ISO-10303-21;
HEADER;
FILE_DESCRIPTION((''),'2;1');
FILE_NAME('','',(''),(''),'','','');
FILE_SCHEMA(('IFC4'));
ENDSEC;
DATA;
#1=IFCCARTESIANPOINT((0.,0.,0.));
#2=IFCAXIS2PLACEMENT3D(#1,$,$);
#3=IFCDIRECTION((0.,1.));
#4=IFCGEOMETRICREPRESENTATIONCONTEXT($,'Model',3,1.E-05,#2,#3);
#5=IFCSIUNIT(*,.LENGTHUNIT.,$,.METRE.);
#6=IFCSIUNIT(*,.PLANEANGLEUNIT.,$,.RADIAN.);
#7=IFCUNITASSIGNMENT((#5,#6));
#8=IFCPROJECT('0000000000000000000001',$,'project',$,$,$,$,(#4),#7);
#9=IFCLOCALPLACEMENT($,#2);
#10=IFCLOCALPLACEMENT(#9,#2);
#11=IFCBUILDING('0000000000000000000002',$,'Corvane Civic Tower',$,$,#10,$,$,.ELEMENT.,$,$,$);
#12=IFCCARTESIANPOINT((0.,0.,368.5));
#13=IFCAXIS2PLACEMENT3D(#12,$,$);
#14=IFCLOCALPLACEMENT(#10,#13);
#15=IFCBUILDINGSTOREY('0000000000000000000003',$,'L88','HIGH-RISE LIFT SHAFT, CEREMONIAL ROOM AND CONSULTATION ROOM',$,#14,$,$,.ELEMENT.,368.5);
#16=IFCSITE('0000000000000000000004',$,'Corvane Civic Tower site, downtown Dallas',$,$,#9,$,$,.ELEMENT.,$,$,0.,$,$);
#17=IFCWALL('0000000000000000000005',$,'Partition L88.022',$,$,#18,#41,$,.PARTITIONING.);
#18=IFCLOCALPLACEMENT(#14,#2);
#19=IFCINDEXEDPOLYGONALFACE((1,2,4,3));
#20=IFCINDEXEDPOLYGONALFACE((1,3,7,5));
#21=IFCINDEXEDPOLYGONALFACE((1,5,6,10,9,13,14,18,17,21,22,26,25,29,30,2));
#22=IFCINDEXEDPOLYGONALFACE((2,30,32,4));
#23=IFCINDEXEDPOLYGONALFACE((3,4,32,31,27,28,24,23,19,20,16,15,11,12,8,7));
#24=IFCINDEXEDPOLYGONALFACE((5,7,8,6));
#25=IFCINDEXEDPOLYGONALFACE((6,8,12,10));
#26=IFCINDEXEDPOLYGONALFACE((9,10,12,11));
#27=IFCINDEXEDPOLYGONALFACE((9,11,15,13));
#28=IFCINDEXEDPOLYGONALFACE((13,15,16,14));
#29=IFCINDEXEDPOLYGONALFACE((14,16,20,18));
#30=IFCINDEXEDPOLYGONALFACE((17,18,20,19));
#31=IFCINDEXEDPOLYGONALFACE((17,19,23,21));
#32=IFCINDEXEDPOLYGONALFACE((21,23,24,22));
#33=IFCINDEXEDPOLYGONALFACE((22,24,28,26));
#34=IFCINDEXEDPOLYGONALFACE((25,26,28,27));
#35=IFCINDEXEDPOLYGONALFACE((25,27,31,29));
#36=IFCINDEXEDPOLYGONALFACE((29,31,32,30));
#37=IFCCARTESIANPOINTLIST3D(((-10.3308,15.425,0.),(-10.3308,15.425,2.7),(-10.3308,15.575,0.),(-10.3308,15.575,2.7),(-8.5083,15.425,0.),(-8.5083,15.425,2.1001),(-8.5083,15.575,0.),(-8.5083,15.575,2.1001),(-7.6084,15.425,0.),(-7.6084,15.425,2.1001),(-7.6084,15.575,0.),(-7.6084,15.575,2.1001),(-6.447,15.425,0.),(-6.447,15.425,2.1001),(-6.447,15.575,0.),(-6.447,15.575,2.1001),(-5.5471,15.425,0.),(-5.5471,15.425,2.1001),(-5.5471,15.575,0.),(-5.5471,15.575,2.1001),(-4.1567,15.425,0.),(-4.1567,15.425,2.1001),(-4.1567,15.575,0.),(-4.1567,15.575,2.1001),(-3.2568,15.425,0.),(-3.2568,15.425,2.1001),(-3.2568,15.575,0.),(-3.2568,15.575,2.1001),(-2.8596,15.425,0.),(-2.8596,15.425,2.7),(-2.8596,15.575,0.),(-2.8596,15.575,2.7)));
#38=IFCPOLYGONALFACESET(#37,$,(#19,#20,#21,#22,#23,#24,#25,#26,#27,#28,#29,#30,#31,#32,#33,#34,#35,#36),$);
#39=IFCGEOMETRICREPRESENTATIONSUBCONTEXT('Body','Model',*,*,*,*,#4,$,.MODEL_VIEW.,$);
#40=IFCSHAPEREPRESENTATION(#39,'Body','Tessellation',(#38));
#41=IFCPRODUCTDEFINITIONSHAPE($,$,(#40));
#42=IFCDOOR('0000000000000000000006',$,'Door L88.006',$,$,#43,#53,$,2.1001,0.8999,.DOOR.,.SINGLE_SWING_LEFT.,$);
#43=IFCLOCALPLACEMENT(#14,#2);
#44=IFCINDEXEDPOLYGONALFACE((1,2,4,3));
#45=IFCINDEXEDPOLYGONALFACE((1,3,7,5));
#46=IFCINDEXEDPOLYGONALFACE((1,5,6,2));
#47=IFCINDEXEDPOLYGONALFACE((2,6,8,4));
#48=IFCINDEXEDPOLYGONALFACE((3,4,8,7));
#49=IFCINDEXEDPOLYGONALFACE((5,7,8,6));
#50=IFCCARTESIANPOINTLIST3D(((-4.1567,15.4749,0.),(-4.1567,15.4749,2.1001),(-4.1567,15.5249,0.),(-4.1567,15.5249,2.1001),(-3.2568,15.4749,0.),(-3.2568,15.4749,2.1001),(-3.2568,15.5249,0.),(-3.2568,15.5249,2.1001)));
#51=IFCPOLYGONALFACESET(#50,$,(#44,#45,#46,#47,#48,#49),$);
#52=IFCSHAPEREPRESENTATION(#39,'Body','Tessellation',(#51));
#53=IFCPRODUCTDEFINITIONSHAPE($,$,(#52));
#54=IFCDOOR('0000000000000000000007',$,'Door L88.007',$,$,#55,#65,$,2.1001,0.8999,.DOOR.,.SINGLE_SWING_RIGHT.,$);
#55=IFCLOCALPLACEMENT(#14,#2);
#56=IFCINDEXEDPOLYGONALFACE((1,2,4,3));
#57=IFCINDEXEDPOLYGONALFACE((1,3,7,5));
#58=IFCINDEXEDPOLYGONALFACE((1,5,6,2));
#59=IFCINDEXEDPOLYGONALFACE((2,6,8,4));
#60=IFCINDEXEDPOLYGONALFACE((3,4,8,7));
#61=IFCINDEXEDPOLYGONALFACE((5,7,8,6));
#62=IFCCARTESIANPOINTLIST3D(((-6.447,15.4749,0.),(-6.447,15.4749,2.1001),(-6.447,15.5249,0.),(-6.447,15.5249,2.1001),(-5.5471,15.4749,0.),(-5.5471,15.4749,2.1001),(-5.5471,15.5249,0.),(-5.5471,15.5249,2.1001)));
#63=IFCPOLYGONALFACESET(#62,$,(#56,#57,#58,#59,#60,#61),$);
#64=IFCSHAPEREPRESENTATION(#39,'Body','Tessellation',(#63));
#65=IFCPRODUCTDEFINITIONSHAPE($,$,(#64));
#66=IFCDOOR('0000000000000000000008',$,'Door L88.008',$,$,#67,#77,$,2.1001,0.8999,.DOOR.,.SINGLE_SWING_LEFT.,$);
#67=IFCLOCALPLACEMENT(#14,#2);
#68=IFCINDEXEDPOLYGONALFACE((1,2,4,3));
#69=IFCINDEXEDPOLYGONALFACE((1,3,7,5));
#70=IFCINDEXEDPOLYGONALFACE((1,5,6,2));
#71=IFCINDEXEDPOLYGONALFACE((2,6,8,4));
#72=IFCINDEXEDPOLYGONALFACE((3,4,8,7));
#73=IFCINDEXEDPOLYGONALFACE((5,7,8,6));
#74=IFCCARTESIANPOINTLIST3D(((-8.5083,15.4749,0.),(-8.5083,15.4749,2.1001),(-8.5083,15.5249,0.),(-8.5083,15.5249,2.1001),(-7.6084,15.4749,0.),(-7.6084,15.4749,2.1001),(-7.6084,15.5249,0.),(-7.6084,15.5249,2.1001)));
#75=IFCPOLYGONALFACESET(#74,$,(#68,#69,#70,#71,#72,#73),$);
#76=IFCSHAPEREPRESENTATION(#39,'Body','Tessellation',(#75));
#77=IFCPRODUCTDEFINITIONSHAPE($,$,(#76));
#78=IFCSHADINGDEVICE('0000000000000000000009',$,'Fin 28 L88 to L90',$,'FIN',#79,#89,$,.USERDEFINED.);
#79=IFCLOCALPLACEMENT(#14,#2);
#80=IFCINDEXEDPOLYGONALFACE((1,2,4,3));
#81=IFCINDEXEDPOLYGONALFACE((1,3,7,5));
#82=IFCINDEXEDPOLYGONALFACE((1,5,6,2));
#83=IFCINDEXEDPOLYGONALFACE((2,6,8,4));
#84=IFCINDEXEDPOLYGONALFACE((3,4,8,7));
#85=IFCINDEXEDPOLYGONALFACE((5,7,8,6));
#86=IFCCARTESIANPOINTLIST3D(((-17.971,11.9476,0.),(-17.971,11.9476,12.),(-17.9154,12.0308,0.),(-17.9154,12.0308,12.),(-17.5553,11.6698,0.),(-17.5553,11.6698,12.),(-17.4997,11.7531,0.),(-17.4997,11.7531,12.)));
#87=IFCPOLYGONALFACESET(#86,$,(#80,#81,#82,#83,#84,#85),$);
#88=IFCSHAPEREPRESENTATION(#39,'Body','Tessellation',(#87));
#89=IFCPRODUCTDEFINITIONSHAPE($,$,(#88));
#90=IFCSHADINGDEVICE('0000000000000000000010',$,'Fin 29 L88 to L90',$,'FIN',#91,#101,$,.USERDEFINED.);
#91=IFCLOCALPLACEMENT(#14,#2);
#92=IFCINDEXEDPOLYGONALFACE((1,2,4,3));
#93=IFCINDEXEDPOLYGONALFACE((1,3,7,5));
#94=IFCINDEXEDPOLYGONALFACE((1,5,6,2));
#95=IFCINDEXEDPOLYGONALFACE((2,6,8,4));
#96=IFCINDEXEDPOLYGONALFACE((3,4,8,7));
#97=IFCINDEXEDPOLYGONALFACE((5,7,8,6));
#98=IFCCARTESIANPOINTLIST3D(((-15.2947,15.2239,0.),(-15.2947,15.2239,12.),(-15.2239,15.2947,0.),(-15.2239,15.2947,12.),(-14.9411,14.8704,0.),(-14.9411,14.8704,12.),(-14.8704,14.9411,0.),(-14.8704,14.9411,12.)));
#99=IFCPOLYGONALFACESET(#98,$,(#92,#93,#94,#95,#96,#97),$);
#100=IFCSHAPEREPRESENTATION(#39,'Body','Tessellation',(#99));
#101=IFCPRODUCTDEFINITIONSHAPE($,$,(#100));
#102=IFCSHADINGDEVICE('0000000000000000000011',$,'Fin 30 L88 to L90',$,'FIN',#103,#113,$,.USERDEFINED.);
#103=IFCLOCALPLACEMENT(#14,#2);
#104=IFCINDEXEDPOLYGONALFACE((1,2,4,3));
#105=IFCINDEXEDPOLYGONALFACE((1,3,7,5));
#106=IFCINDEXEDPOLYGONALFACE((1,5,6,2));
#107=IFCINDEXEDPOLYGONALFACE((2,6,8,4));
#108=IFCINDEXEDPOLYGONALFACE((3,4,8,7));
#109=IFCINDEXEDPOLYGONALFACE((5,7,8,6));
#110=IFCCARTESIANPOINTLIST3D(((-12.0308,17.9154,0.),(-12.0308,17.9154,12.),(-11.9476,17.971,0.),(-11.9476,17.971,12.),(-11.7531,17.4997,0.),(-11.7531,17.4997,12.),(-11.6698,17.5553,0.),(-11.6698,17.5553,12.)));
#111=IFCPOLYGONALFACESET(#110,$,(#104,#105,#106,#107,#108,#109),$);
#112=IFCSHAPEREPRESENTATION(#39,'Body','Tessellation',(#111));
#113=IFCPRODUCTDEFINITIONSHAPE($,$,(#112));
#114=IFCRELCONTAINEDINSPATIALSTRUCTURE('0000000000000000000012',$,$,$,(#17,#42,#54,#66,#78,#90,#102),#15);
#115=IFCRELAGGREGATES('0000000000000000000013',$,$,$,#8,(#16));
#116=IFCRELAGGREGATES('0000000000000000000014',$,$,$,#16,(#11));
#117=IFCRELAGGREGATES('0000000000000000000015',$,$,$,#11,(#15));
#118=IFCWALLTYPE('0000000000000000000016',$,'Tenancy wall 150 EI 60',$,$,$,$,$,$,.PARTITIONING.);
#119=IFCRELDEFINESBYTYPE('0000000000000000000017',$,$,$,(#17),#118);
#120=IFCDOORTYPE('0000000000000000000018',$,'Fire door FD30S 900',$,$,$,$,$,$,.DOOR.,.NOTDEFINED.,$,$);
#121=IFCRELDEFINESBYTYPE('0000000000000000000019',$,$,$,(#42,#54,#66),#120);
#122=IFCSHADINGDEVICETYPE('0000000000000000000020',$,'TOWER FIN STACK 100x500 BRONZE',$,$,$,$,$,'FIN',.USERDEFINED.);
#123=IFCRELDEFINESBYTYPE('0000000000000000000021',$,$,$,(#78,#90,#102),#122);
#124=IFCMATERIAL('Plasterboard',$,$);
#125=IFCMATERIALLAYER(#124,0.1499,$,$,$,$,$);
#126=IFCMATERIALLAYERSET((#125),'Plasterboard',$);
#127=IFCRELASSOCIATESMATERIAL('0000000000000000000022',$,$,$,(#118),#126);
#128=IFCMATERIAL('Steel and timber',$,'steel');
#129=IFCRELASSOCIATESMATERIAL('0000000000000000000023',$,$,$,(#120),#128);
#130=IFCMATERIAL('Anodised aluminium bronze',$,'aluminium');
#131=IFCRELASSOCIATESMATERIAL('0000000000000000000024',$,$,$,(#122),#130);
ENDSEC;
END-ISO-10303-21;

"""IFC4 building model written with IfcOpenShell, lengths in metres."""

from ifc_helpers import new_model, si_unit, direction, frame, frame_2d, origin, origin_2d, place, context, subcontext, project, spatial, rectangle, extrude, material, layer, layer_set, material_profile, profile_set, type_object, element, fill, save


model = new_model("IFC4")

# Units and contexts
model_context = context("Model", 3, precision=1e-05, world=origin(), true_north=direction((0.0, 1.0)))
body_context = subcontext(model_context, "Body", "Model", "MODEL_VIEW")
ifc_project = project(units=[si_unit("LENGTHUNIT", "METRE"), si_unit("PLANEANGLEUNIT", "RADIAN")], contexts=[model_context])

# Site, building, storey
site_placement = place(None, origin())
site = spatial("IfcSite", under=ifc_project, at=site_placement, Name="Corvane Civic Tower site, downtown Dallas", CompositionType="ELEMENT", RefElevation=0.0)
building_placement = place(site_placement, origin())
building = spatial("IfcBuilding", under=site, at=building_placement, Name="Corvane Civic Tower", CompositionType="ELEMENT")
storey_placement = place(building_placement, frame((0.0, 0.0, 368.5)))
storey = spatial("IfcBuildingStorey", under=building, at=storey_placement, Name="L88", Description="HIGH-RISE LIFT SHAFT, CEREMONIAL ROOM AND CONSULTATION ROOM", CompositionType="ELEMENT", Elevation=368.5)

# Shared definitions
ifc_material_1 = material(Name="Plasterboard")
ifc_layer_1 = layer(ifc_material_1, 0.1499)
ifc_layer_set_1 = layer_set([ifc_layer_1], Name="Plasterboard")
wall_type_1 = type_object("IfcWallType", Name="Tenancy wall 150 EI 60", PredefinedType="PARTITIONING", material=ifc_layer_set_1)

# Wall, openings, doors
wall_1_placement = place(storey_placement, frame((-10.3308, 15.5, 0.0), z_axis=(0.0, 0.0, 1.0), x_axis=(1.0, 0.0, 0.0)))
wall_1 = element("IfcWall", 1, at=wall_1_placement, inside=storey, type_object=wall_type_1, Name="Partition L88.022", PredefinedType="PARTITIONING", context=body_context, shape_type="SweptSolid", body=[
    extrude(rectangle(XDim=7.4712, YDim=0.1499, at=frame_2d((3.7356, 0.0))), origin(), (0.0, 0.0, 1.0), 2.7),
])
opening_1_placement = place(wall_1_placement, frame((6.1741, 0.0, 0.0)))
opening_1 = element("IfcOpeningElement", 2, at=opening_1_placement, cuts=wall_1, PredefinedType="OPENING", context=body_context, shape_type="SweptSolid", body=[
    extrude(rectangle(XDim=0.8999, YDim=2.1001, at=frame_2d((0.45, 1.05))), frame((0.0, 0.085, 0.0), z_axis=(0.0, -1.0, 0.0), x_axis=(1.0, 0.0, 0.0)), (0.0, 0.0, 1.0), 0.1699),
])
opening_2_placement = place(wall_1_placement, frame((3.8838, 0.0, 0.0)))
opening_2 = element("IfcOpeningElement", 3, at=opening_2_placement, cuts=wall_1, PredefinedType="OPENING", context=body_context, shape_type="SweptSolid", body=[
    extrude(rectangle(XDim=0.8999, YDim=2.1001, at=frame_2d((0.45, 1.05))), frame((0.0, 0.085, 0.0), z_axis=(0.0, -1.0, 0.0), x_axis=(1.0, 0.0, 0.0)), (0.0, 0.0, 1.0), 0.1699),
])
opening_3_placement = place(wall_1_placement, frame((1.8225, 0.0, 0.0)))
opening_3 = element("IfcOpeningElement", 4, at=opening_3_placement, cuts=wall_1, PredefinedType="OPENING", context=body_context, shape_type="SweptSolid", body=[
    extrude(rectangle(XDim=0.8999, YDim=2.1001, at=frame_2d((0.45, 1.05))), frame((0.0, 0.085, 0.0), z_axis=(0.0, -1.0, 0.0), x_axis=(1.0, 0.0, 0.0)), (0.0, 0.0, 1.0), 0.1699),
])
ifc_material_2 = material(Name="Steel and timber", Category="steel")
door_type_1 = type_object("IfcDoorType", Name="Fire door FD30S 900", OperationType="NOTDEFINED", PredefinedType="DOOR", material=ifc_material_2)
door_1_placement = place(opening_1_placement, origin())
door_1 = element("IfcDoor", 5, at=door_1_placement, inside=storey, type_object=door_type_1, Name="Door L88.006", OperationType="SINGLE_SWING_LEFT", OverallHeight=2.1001, OverallWidth=0.8999, PredefinedType="DOOR", context=body_context, shape_type="SweptSolid", body=[
    extrude(rectangle(XDim=0.8999, YDim=2.1001, at=frame_2d((0.45, 1.05))), frame((0.0, 0.0249, 0.0), z_axis=(0.0, -1.0, 0.0), x_axis=(1.0, 0.0, 0.0)), (0.0, 0.0, 1.0), 0.05),
])
fill(opening_1, door_1)
door_2_placement = place(opening_2_placement, origin())
door_2 = element("IfcDoor", 6, at=door_2_placement, inside=storey, type_object=door_type_1, Name="Door L88.007", OperationType="SINGLE_SWING_RIGHT", OverallHeight=2.1001, OverallWidth=0.8999, PredefinedType="DOOR", context=body_context, shape_type="SweptSolid", body=[
    extrude(rectangle(XDim=0.8999, YDim=2.1001, at=frame_2d((0.45, 1.05))), frame((0.0, 0.0249, 0.0), z_axis=(0.0, -1.0, 0.0), x_axis=(1.0, 0.0, 0.0)), (0.0, 0.0, 1.0), 0.05),
])
fill(opening_2, door_2)
door_3_placement = place(opening_3_placement, origin())
door_3 = element("IfcDoor", 7, at=door_3_placement, inside=storey, type_object=door_type_1, Name="Door L88.008", OperationType="SINGLE_SWING_LEFT", OverallHeight=2.1001, OverallWidth=0.8999, PredefinedType="DOOR", context=body_context, shape_type="SweptSolid", body=[
    extrude(rectangle(XDim=0.8999, YDim=2.1001, at=frame_2d((0.45, 1.05))), frame((0.0, 0.0249, 0.0), z_axis=(0.0, -1.0, 0.0), x_axis=(1.0, 0.0, 0.0)), (0.0, 0.0, 1.0), 0.05),
])
fill(opening_3, door_3)

# Shading devices
ifc_material_3 = material(Name="Anodised aluminium bronze", Category="aluminium")
ifc_material_profile_1 = material_profile(ifc_material_3, rectangle(XDim=0.1001, YDim=0.5, at=origin_2d()), Name="TOWER FIN STACK 100x500 BRONZE")
ifc_profile_set_1 = profile_set([ifc_material_profile_1], Name="Anodised aluminium bronze")
shading_device_type = type_object("IfcShadingDeviceType", Name="TOWER FIN STACK 100x500 BRONZE", ElementType="FIN", PredefinedType="USERDEFINED", material=ifc_profile_set_1)
for number, where, z_axis, x_axis, name in (
    (8, (-17.7354, 11.8503, 0.0), (0.0, 0.0, 1.0), (0.55557, 0.83147, 0.0), "Fin 28 L88 to L90"),
    (9, (-15.0825, 15.0825, 0.0), (0.0, 0.0, 1.0), (0.707107, 0.707107, 0.0), "Fin 29 L88 to L90"),
    (10, (-11.8503, 17.7354, 0.0), (0.0, 0.0, 1.0), (0.83147, 0.55557, 0.0), "Fin 30 L88 to L90"),
):
    element("IfcShadingDevice", number, at=place(storey_placement, frame(where, z_axis=z_axis, x_axis=x_axis)), inside=storey, type_object=shading_device_type, Name=name, ObjectType="FIN", PredefinedType="USERDEFINED", context=body_context, shape_type="SweptSolid", body=[
        extrude(rectangle(XDim=0.1001, YDim=0.5, at=origin_2d()), origin(), (0.0, 0.0, 1.0), 12.0),
    ])

save(model, "model.ifc")
